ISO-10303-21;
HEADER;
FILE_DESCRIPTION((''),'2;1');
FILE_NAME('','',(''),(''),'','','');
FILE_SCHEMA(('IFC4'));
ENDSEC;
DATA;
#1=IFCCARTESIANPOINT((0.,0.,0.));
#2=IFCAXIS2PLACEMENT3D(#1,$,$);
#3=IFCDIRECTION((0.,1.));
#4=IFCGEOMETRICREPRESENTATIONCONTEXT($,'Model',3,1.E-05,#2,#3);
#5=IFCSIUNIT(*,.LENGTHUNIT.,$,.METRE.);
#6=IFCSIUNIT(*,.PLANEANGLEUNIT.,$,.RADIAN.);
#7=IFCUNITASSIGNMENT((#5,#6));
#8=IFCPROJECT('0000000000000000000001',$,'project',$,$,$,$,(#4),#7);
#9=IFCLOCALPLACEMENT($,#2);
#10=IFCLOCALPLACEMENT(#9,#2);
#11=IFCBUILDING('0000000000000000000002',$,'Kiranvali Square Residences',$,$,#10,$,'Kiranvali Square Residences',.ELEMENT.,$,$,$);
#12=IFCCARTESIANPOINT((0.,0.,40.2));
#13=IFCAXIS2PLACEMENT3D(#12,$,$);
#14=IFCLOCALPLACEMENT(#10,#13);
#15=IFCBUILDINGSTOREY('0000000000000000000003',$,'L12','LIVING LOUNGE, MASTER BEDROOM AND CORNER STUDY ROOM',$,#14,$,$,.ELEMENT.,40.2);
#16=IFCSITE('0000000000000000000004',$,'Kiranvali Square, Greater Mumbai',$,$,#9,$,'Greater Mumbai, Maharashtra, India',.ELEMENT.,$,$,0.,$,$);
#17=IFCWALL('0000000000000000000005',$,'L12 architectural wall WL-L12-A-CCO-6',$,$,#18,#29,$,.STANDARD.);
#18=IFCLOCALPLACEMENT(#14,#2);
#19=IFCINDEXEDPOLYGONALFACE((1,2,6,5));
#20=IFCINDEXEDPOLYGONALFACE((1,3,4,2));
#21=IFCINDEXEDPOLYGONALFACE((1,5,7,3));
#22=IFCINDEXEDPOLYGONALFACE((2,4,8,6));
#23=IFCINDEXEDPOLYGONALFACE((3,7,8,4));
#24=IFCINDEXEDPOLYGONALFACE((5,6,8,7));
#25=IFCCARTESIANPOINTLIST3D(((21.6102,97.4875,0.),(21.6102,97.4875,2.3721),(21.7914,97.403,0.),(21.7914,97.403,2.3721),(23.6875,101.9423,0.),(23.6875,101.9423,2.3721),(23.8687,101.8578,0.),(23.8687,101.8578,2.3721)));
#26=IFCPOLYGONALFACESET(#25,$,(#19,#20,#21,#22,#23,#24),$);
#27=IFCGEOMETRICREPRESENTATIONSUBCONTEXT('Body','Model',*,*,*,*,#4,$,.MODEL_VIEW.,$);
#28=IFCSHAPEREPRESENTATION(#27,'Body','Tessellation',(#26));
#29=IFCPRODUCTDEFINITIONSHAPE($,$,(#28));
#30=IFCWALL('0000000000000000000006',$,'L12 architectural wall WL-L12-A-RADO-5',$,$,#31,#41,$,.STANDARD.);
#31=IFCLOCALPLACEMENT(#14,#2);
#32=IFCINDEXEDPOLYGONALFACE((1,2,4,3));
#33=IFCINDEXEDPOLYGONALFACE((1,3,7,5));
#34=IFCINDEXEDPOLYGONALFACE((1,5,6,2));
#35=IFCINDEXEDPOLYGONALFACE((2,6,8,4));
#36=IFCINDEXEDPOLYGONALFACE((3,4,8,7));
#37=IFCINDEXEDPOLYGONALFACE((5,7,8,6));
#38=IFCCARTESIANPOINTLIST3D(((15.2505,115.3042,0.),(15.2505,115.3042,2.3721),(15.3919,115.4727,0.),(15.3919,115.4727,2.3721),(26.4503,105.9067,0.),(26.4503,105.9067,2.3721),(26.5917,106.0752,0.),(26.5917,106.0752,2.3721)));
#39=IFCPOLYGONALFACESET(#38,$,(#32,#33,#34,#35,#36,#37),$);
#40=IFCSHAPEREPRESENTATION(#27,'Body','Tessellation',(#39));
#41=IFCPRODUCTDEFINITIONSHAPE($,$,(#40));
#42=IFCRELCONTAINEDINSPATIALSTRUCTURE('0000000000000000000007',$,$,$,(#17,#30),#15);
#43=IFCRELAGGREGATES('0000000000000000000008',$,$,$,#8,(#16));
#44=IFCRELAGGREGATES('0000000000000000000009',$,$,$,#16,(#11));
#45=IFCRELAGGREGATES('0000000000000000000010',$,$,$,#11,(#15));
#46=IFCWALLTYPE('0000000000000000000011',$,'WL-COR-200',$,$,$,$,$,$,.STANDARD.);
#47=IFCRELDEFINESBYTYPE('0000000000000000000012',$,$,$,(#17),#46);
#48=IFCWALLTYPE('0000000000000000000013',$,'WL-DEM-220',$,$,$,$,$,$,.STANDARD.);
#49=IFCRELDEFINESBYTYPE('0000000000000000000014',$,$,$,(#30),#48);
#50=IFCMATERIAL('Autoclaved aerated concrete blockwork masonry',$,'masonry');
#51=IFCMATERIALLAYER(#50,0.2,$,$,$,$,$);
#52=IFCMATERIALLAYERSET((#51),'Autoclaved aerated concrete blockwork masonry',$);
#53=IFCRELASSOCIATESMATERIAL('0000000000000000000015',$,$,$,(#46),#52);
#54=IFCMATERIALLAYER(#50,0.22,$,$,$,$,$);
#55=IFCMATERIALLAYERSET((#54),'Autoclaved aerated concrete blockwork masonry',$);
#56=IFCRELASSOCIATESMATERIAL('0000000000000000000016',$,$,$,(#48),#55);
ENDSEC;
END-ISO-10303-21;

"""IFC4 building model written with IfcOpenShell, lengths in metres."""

from ifc_helpers import new_model, si_unit, direction, frame, frame_2d, origin, place, context, subcontext, project, spatial, rectangle, extrude, material, layer, layer_set, type_object, element, save


model = new_model("IFC4")

# Units and contexts
model_context = context("Model", 3, precision=1e-05, world=origin(), true_north=direction((0.0, 1.0)))
body_context = subcontext(model_context, "Body", "Model", "MODEL_VIEW")
ifc_project = project(units=[si_unit("LENGTHUNIT", "METRE"), si_unit("PLANEANGLEUNIT", "RADIAN")], contexts=[model_context])

# Site, building, storey
site_placement = place(None, origin())
site = spatial("IfcSite", under=ifc_project, at=site_placement, Name="Kiranvali Square, Greater Mumbai", LongName="Greater Mumbai, Maharashtra, India", CompositionType="ELEMENT", RefElevation=0.0)
building_placement = place(site_placement, origin())
building = spatial("IfcBuilding", under=site, at=building_placement, Name="Kiranvali Square Residences", LongName="Kiranvali Square Residences", CompositionType="ELEMENT")
storey_placement = place(building_placement, frame((0.0, 0.0, 40.2)))
storey = spatial("IfcBuildingStorey", under=building, at=storey_placement, Name="L12", Description="LIVING LOUNGE, MASTER BEDROOM AND CORNER STUDY ROOM", CompositionType="ELEMENT", Elevation=40.2)

# Shared definitions
ifc_material_1 = material(Name="Autoclaved aerated concrete blockwork masonry", Category="masonry")
ifc_layer_1 = layer(ifc_material_1, 0.2)
ifc_layer_set_1 = layer_set([ifc_layer_1], Name="Autoclaved aerated concrete blockwork masonry")
wall_type_1 = type_object("IfcWallType", Name="WL-COR-200", PredefinedType="STANDARD", material=ifc_layer_set_1)

# Walls
wall_1_placement = place(storey_placement, frame((23.7781, 101.8999, 0.0), z_axis=(0.0, 0.0, 1.0), x_axis=(-0.42263, -0.906302, 0.0)))
element("IfcWall", 1, at=wall_1_placement, inside=storey, type_object=wall_type_1, Name="L12 architectural wall WL-L12-A-CCO-6", PredefinedType="STANDARD", context=body_context, shape_type="SweptSolid", body=[
    extrude(rectangle(XDim=4.9153, YDim=0.2, at=frame_2d((2.4575, 0.0))), origin(), (0.0, 0.0, 1.0), 2.3721),
])
ifc_layer_2 = layer(ifc_material_1, 0.22)
ifc_layer_set_2 = layer_set([ifc_layer_2], Name="Autoclaved aerated concrete blockwork masonry")
wall_type_2 = type_object("IfcWallType", Name="WL-DEM-220", PredefinedType="STANDARD", material=ifc_layer_set_2)
wall_2_placement = place(storey_placement, frame((26.521, 105.991, 0.0), z_axis=(0.0, 0.0, 1.0), x_axis=(-0.766051, 0.642779, 0.0)))
element("IfcWall", 2, at=wall_2_placement, inside=storey, type_object=wall_type_2, Name="L12 architectural wall WL-L12-A-RADO-5", PredefinedType="STANDARD", context=body_context, shape_type="SweptSolid", body=[
    extrude(rectangle(XDim=14.6201, YDim=0.22, at=frame_2d((7.3101, 0.0))), origin(), (0.0, 0.0, 1.0), 2.3721),
])

save(model, "model.ifc")
